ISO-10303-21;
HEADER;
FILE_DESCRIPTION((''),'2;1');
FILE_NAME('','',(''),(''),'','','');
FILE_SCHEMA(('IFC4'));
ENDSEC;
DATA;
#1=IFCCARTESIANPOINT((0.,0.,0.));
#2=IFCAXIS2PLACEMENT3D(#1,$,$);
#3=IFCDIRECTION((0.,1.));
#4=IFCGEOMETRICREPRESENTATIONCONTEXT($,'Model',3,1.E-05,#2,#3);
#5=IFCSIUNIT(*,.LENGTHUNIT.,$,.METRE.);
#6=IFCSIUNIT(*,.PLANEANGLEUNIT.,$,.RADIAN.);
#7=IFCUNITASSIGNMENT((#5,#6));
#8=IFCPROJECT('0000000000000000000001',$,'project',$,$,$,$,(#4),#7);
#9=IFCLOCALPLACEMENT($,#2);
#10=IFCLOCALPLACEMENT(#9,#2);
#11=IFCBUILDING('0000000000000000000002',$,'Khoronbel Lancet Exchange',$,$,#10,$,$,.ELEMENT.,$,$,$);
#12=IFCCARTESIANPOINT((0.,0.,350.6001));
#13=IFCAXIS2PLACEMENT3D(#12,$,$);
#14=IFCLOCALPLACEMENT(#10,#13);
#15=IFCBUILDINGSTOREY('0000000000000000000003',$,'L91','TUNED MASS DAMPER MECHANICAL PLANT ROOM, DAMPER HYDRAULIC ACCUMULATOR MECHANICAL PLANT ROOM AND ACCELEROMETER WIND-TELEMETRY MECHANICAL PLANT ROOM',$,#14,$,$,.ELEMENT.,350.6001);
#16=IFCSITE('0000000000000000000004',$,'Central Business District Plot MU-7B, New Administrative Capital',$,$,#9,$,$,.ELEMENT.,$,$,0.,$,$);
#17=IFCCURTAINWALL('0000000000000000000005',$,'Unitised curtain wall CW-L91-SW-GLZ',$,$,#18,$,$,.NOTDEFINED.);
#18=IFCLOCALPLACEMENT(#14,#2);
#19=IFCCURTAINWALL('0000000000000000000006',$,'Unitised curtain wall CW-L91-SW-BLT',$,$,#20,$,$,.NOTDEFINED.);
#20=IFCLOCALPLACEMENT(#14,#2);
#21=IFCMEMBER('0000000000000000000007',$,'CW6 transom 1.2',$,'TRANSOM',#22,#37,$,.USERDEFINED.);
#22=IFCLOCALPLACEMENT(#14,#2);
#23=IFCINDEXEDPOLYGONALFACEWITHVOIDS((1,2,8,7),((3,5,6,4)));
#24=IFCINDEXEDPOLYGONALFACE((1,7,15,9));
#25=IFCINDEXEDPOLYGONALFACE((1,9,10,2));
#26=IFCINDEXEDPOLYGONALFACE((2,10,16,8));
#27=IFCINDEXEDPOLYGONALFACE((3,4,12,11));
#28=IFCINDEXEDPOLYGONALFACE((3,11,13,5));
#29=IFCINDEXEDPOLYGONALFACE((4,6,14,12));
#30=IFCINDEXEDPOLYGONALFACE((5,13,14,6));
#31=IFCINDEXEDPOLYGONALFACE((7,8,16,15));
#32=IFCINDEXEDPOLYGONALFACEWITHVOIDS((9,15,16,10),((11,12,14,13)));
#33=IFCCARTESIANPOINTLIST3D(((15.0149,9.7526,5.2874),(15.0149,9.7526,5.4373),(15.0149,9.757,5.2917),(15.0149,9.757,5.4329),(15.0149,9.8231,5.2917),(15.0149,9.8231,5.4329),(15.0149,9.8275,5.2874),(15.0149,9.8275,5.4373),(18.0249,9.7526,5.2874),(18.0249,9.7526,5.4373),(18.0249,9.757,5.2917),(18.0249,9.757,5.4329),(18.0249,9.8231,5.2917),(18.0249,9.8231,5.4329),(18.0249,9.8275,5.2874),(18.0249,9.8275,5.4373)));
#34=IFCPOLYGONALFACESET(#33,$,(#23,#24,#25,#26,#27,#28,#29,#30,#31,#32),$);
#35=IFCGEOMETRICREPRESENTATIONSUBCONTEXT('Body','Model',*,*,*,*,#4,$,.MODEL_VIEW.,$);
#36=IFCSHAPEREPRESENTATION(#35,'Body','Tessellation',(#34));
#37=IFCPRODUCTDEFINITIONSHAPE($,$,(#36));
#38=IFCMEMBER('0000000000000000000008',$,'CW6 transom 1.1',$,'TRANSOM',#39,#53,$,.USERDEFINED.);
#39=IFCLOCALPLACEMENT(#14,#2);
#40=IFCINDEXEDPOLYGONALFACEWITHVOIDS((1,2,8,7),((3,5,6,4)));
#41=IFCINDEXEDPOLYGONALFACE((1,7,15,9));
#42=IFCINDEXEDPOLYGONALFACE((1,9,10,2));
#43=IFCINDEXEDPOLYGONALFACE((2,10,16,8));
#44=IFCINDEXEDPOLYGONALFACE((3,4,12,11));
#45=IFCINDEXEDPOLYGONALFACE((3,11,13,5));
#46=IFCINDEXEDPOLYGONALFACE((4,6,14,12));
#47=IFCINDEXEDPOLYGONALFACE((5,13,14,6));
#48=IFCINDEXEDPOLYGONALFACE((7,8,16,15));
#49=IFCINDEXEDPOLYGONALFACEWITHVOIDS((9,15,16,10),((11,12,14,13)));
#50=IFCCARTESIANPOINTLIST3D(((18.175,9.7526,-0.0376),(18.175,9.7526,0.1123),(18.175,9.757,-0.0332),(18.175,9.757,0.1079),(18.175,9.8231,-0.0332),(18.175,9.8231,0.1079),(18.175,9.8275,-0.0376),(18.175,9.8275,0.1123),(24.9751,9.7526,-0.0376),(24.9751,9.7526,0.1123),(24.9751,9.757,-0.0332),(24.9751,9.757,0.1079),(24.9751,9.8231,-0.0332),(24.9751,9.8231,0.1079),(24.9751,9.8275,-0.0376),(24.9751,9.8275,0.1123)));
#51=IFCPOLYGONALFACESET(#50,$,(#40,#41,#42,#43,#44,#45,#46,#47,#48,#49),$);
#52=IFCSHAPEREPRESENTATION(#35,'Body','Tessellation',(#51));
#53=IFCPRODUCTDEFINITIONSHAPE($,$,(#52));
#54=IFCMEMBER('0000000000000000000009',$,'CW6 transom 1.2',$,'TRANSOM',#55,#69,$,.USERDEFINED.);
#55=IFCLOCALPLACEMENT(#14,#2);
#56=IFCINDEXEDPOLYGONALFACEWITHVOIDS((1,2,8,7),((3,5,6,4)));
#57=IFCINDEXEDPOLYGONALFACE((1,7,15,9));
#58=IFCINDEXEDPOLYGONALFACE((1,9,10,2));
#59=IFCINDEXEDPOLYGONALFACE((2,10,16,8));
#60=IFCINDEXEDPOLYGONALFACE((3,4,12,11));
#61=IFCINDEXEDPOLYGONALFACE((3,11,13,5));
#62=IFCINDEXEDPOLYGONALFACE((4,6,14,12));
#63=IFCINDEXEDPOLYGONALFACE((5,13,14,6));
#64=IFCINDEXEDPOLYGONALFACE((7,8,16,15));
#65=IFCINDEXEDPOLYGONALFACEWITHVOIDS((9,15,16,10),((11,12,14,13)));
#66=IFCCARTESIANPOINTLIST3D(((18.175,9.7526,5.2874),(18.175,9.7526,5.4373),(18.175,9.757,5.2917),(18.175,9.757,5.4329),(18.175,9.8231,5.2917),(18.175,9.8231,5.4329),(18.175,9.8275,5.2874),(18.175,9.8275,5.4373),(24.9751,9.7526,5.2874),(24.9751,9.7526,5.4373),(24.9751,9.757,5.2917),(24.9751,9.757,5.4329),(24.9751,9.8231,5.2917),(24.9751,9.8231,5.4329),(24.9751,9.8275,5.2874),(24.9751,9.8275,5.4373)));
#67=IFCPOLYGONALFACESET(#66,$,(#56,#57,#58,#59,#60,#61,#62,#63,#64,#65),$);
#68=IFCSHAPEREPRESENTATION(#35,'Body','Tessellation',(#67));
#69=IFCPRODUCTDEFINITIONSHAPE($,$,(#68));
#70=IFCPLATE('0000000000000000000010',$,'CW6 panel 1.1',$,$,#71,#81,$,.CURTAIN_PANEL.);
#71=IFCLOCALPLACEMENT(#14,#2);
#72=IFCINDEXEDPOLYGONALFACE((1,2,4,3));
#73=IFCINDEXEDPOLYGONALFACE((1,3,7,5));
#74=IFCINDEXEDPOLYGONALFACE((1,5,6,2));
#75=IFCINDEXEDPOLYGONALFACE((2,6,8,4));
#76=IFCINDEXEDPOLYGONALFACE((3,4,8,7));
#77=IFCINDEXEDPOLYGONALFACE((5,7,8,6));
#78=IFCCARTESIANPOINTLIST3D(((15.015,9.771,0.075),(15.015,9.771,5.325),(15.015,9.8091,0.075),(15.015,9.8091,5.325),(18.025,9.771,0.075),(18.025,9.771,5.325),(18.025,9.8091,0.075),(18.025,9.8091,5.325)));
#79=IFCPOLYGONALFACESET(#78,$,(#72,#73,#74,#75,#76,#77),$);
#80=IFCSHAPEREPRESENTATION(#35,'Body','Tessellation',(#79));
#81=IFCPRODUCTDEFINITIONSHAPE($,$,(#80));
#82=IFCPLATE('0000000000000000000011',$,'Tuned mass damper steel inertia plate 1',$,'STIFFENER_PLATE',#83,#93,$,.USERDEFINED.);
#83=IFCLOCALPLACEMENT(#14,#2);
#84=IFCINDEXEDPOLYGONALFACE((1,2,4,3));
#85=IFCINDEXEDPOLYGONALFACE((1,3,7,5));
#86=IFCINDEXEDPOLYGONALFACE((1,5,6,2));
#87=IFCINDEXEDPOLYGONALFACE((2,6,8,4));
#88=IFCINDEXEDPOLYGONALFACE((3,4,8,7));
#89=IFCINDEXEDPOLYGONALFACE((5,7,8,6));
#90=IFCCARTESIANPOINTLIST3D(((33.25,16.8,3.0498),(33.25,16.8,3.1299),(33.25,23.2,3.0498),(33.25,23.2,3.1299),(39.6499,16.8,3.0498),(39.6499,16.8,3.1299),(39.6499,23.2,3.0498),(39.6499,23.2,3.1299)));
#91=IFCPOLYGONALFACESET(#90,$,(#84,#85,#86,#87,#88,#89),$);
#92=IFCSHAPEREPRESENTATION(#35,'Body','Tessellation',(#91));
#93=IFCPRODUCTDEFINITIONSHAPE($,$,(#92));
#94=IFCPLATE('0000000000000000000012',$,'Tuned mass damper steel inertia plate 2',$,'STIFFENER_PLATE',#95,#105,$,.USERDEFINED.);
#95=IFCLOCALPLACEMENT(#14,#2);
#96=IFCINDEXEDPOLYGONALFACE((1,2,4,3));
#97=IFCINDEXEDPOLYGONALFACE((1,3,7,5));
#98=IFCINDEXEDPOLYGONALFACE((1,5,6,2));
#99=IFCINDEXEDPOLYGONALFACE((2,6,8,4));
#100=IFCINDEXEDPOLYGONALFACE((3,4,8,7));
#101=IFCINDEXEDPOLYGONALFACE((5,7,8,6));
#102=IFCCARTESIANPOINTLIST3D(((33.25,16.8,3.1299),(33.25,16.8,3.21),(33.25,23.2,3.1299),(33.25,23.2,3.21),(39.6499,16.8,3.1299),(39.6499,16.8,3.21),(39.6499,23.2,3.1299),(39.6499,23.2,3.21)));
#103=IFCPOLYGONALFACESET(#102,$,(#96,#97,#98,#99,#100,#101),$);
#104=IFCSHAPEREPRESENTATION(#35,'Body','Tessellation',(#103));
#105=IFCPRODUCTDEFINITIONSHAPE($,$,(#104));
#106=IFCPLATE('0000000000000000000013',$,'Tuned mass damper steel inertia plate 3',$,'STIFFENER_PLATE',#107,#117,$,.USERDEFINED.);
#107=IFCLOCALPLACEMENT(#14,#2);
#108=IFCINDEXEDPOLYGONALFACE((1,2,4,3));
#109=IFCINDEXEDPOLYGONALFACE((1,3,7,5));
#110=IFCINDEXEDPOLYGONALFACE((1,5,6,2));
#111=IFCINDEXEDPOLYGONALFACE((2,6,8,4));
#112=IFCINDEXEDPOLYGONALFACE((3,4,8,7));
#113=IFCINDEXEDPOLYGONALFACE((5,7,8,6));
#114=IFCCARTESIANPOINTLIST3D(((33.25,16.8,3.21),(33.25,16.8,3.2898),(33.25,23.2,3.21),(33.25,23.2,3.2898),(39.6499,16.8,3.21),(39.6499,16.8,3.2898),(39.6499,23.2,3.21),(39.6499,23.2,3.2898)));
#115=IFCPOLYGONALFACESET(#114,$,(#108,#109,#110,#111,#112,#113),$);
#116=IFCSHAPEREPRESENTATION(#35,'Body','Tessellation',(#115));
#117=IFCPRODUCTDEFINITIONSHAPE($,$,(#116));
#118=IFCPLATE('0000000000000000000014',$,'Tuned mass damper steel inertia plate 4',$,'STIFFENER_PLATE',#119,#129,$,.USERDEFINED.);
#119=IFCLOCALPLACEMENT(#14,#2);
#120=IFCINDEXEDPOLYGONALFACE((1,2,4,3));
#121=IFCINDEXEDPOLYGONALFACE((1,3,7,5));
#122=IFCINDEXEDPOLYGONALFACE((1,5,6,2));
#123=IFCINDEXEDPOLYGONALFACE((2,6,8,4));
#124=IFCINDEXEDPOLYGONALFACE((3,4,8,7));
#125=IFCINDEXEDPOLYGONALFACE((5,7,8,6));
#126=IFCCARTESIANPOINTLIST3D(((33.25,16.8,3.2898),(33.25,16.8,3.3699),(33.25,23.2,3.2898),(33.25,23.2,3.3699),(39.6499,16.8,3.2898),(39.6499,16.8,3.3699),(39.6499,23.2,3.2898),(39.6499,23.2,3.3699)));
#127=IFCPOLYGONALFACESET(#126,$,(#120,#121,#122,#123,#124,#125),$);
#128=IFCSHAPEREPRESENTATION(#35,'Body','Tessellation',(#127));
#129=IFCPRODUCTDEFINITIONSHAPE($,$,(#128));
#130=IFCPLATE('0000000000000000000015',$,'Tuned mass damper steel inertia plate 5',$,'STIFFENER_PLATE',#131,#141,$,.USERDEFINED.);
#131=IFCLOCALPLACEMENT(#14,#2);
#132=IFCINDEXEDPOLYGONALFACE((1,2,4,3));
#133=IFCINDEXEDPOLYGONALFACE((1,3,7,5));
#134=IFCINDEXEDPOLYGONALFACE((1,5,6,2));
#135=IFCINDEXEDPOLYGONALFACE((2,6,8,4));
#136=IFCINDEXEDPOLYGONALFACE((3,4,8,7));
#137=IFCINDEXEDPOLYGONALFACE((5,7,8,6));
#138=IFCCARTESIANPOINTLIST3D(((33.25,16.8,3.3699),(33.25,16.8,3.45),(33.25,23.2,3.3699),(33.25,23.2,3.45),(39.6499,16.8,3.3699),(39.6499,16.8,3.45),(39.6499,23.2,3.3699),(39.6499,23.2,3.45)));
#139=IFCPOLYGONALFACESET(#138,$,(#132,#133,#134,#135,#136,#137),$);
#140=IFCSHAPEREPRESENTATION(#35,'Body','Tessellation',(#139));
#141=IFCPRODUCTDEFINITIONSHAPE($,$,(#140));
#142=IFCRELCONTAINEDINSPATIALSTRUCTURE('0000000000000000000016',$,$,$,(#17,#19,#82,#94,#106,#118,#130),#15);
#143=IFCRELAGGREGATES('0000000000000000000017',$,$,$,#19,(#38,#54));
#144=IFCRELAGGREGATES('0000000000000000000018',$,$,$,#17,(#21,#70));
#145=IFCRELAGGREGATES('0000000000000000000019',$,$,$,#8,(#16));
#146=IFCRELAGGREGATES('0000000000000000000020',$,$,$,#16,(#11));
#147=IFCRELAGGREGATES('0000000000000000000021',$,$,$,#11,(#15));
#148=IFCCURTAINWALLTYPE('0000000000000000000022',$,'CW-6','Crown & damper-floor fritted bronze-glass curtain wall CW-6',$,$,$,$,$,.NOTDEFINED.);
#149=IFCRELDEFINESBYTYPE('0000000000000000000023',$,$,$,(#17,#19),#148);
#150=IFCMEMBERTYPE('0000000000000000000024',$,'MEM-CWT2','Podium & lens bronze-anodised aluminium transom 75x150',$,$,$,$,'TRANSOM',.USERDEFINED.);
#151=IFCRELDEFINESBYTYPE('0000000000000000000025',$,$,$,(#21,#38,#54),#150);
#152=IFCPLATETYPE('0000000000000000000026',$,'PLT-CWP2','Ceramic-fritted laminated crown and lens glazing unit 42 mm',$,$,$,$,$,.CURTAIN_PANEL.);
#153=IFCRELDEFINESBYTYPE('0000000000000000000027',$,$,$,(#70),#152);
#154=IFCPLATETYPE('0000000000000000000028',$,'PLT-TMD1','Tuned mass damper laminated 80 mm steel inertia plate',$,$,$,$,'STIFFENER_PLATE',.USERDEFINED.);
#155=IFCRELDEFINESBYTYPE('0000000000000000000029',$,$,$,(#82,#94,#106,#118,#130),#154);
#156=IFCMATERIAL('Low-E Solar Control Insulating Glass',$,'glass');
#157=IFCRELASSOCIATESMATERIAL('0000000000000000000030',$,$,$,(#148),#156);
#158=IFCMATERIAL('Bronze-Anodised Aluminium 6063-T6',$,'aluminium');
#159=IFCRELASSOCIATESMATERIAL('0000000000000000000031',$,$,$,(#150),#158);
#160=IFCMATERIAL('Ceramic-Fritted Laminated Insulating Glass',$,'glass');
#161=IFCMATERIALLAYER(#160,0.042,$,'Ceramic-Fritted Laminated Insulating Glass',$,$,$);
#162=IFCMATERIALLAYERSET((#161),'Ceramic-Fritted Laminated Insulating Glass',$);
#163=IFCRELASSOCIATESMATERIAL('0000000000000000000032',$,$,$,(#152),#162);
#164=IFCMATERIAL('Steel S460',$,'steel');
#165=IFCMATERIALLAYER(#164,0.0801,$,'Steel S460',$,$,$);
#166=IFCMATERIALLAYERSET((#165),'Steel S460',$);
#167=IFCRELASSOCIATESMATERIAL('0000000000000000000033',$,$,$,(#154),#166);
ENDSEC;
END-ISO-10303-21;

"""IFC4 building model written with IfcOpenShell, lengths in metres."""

from ifc_helpers import new_model, si_unit, direction, frame, origin, origin_2d, place, context, subcontext, project, spatial, polyline, rectangle, hollow_rectangle, outline, extrude, material, layer, layer_set, material_profile, profile_set, type_object, element, aggregate, save


model = new_model("IFC4")

# Units and contexts
model_context = context("Model", 3, precision=1e-05, world=origin(), true_north=direction((0.0, 1.0)))
body_context = subcontext(model_context, "Body", "Model", "MODEL_VIEW")
ifc_project = project(units=[si_unit("LENGTHUNIT", "METRE"), si_unit("PLANEANGLEUNIT", "RADIAN")], contexts=[model_context])

# Site, building, storey
site_placement = place(None, origin())
site = spatial("IfcSite", under=ifc_project, at=site_placement, Name="Central Business District Plot MU-7B, New Administrative Capital", CompositionType="ELEMENT", RefElevation=0.0)
building_placement = place(site_placement, origin())
building = spatial("IfcBuilding", under=site, at=building_placement, Name="Khoronbel Lancet Exchange", CompositionType="ELEMENT")
storey_placement = place(building_placement, frame((0.0, 0.0, 350.6001)))
storey = spatial("IfcBuildingStorey", under=building, at=storey_placement, Name="L91", Description="TUNED MASS DAMPER MECHANICAL PLANT ROOM, DAMPER HYDRAULIC ACCUMULATOR MECHANICAL PLANT ROOM AND ACCELEROMETER WIND-TELEMETRY MECHANICAL PLANT ROOM", CompositionType="ELEMENT", Elevation=350.6001)

# Shared definitions
ifc_material_1 = material(Name="Steel S460", Category="steel")

# Curtain wall
ifc_material_2 = material(Name="Low-E Solar Control Insulating Glass", Category="glass")
curtain_wall_type = type_object("IfcCurtainWallType", Name="CW-6", Description="Crown & damper-floor fritted bronze-glass curtain wall CW-6", PredefinedType="NOTDEFINED", material=ifc_material_2)
curtain_wall_1_placement = place(storey_placement, origin())
curtain_wall_1 = element("IfcCurtainWall", 1, at=curtain_wall_1_placement, inside=storey, type_object=curtain_wall_type, Name="Unitised curtain wall CW-L91-SW-GLZ", PredefinedType="NOTDEFINED")
ifc_material_3 = material(Name="Bronze-Anodised Aluminium 6063-T6", Category="aluminium")

# Curtain wall
curtain_wall_2_placement = place(storey_placement, origin())
curtain_wall_2 = element("IfcCurtainWall", 2, at=curtain_wall_2_placement, inside=storey, type_object=curtain_wall_type, Name="Unitised curtain wall CW-L91-SW-BLT", PredefinedType="NOTDEFINED")

# Members
ifc_material_profile_1 = material_profile(ifc_material_3, hollow_rectangle(XDim=0.075, YDim=0.1499, WallThickness=0.0044, at=origin_2d()), Name="ALU TRANSOM 75x150")
ifc_profile_set_1 = profile_set([ifc_material_profile_1], Name="Bronze-Anodised Aluminium 6063-T6")
member_type_1 = type_object("IfcMemberType", Name="MEM-CWT2", Description="Podium & lens bronze-anodised aluminium transom 75x150", ElementType="TRANSOM", PredefinedType="USERDEFINED", material=ifc_profile_set_1)
member_1_placement = place(storey_placement, frame((15.0149, 9.79, 5.3623), z_axis=(1.0, 0.0, 0.0), x_axis=(0.0, 1.0, 0.0)))
member_1 = element("IfcMember", 3, at=member_1_placement, type_object=member_type_1, Name="CW6 transom 1.2", ObjectType="TRANSOM", PredefinedType="USERDEFINED", context=body_context, shape_type="SweptSolid", body=[
    extrude(hollow_rectangle(XDim=0.075, YDim=0.1499, WallThickness=0.0044, at=origin_2d()), origin(), (0.0, 0.0, 1.0), 3.01),
])
member_2_placement = place(storey_placement, frame((18.175, 9.79, 0.0374), z_axis=(1.0, 0.0, 0.0), x_axis=(0.0, 1.0, 0.0)))
member_2 = element("IfcMember", 4, at=member_2_placement, type_object=member_type_1, Name="CW6 transom 1.1", ObjectType="TRANSOM", PredefinedType="USERDEFINED", context=body_context, shape_type="SweptSolid", body=[
    extrude(hollow_rectangle(XDim=0.075, YDim=0.1499, WallThickness=0.0044, at=origin_2d()), origin(), (0.0, 0.0, 1.0), 6.8),
])
member_3_placement = place(storey_placement, frame((18.175, 9.79, 5.3623), z_axis=(1.0, 0.0, 0.0), x_axis=(0.0, 1.0, 0.0)))
member_3 = element("IfcMember", 5, at=member_3_placement, type_object=member_type_1, Name="CW6 transom 1.2", ObjectType="TRANSOM", PredefinedType="USERDEFINED", context=body_context, shape_type="SweptSolid", body=[
    extrude(hollow_rectangle(XDim=0.075, YDim=0.1499, WallThickness=0.0044, at=origin_2d()), origin(), (0.0, 0.0, 1.0), 6.8),
])
aggregate(curtain_wall_2, [member_2, member_3])

# Plate
ifc_material_4 = material(Name="Ceramic-Fritted Laminated Insulating Glass", Category="glass")
ifc_layer_1 = layer(ifc_material_4, 0.042, Name="Ceramic-Fritted Laminated Insulating Glass")
ifc_layer_set_1 = layer_set([ifc_layer_1], Name="Ceramic-Fritted Laminated Insulating Glass")
plate_type_1 = type_object("IfcPlateType", Name="PLT-CWP2", Description="Ceramic-fritted laminated crown and lens glazing unit 42 mm", PredefinedType="CURTAIN_PANEL", material=ifc_layer_set_1)
plate_1_placement = place(storey_placement, frame((16.52, 9.79, 0.075), z_axis=(0.0, 0.0, 1.0), x_axis=(1.0, 0.0, 0.0)))
plate_1 = element("IfcPlate", 6, at=plate_1_placement, type_object=plate_type_1, Name="CW6 panel 1.1", PredefinedType="CURTAIN_PANEL", context=body_context, shape_type="SweptSolid", body=[
    extrude(rectangle(XDim=3.01, YDim=0.0381, at=origin_2d()), origin(), (0.0, 0.0, 1.0), 5.25),
])
aggregate(curtain_wall_1, [member_1, plate_1])

# Plates
ifc_layer_2 = layer(ifc_material_1, 0.0801, Name="Steel S460")
ifc_layer_set_2 = layer_set([ifc_layer_2], Name="Steel S460")
plate_type_2 = type_object("IfcPlateType", Name="PLT-TMD1", Description="Tuned mass damper laminated 80 mm steel inertia plate", ElementType="STIFFENER_PLATE", PredefinedType="USERDEFINED", material=ifc_layer_set_2)
for number, where, name in (
    (7, (0.0, 0.0, 3.0498), "Tuned mass damper steel inertia plate 1"),
    (8, (0.0, 0.0, 3.1299), "Tuned mass damper steel inertia plate 2"),
):
    element("IfcPlate", number, at=place(storey_placement, frame(where)), inside=storey, type_object=plate_type_2, Name=name, ObjectType="STIFFENER_PLATE", PredefinedType="USERDEFINED", context=body_context, shape_type="SweptSolid", body=[
        extrude(outline(polyline([(33.25, 16.8), (39.6499, 16.8), (39.6499, 23.2), (33.25, 23.2), (33.25, 16.8)])), origin(), (0.0, 0.0, 1.0), 0.0801),
    ])
plate_2_placement = place(storey_placement, frame((0.0, 0.0, 3.21)))
element("IfcPlate", 9, at=plate_2_placement, inside=storey, type_object=plate_type_2, Name="Tuned mass damper steel inertia plate 3", ObjectType="STIFFENER_PLATE", PredefinedType="USERDEFINED", context=body_context, shape_type="SweptSolid", body=[
    extrude(outline(polyline([(33.25, 16.8), (39.6499, 16.8), (39.6499, 23.2), (33.25, 23.2), (33.25, 16.8)])), origin(), (0.0, 0.0, 1.0), 0.0798),
])
for number, where, name in (
    (10, (0.0, 0.0, 3.2898), "Tuned mass damper steel inertia plate 4"),
    (11, (0.0, 0.0, 3.3699), "Tuned mass damper steel inertia plate 5"),
):
    element("IfcPlate", number, at=place(storey_placement, frame(where)), inside=storey, type_object=plate_type_2, Name=name, ObjectType="STIFFENER_PLATE", PredefinedType="USERDEFINED", context=body_context, shape_type="SweptSolid", body=[
        extrude(outline(polyline([(33.25, 16.8), (39.6499, 16.8), (39.6499, 23.2), (33.25, 23.2), (33.25, 16.8)])), origin(), (0.0, 0.0, 1.0), 0.0801),
    ])

save(model, "model.ifc")
